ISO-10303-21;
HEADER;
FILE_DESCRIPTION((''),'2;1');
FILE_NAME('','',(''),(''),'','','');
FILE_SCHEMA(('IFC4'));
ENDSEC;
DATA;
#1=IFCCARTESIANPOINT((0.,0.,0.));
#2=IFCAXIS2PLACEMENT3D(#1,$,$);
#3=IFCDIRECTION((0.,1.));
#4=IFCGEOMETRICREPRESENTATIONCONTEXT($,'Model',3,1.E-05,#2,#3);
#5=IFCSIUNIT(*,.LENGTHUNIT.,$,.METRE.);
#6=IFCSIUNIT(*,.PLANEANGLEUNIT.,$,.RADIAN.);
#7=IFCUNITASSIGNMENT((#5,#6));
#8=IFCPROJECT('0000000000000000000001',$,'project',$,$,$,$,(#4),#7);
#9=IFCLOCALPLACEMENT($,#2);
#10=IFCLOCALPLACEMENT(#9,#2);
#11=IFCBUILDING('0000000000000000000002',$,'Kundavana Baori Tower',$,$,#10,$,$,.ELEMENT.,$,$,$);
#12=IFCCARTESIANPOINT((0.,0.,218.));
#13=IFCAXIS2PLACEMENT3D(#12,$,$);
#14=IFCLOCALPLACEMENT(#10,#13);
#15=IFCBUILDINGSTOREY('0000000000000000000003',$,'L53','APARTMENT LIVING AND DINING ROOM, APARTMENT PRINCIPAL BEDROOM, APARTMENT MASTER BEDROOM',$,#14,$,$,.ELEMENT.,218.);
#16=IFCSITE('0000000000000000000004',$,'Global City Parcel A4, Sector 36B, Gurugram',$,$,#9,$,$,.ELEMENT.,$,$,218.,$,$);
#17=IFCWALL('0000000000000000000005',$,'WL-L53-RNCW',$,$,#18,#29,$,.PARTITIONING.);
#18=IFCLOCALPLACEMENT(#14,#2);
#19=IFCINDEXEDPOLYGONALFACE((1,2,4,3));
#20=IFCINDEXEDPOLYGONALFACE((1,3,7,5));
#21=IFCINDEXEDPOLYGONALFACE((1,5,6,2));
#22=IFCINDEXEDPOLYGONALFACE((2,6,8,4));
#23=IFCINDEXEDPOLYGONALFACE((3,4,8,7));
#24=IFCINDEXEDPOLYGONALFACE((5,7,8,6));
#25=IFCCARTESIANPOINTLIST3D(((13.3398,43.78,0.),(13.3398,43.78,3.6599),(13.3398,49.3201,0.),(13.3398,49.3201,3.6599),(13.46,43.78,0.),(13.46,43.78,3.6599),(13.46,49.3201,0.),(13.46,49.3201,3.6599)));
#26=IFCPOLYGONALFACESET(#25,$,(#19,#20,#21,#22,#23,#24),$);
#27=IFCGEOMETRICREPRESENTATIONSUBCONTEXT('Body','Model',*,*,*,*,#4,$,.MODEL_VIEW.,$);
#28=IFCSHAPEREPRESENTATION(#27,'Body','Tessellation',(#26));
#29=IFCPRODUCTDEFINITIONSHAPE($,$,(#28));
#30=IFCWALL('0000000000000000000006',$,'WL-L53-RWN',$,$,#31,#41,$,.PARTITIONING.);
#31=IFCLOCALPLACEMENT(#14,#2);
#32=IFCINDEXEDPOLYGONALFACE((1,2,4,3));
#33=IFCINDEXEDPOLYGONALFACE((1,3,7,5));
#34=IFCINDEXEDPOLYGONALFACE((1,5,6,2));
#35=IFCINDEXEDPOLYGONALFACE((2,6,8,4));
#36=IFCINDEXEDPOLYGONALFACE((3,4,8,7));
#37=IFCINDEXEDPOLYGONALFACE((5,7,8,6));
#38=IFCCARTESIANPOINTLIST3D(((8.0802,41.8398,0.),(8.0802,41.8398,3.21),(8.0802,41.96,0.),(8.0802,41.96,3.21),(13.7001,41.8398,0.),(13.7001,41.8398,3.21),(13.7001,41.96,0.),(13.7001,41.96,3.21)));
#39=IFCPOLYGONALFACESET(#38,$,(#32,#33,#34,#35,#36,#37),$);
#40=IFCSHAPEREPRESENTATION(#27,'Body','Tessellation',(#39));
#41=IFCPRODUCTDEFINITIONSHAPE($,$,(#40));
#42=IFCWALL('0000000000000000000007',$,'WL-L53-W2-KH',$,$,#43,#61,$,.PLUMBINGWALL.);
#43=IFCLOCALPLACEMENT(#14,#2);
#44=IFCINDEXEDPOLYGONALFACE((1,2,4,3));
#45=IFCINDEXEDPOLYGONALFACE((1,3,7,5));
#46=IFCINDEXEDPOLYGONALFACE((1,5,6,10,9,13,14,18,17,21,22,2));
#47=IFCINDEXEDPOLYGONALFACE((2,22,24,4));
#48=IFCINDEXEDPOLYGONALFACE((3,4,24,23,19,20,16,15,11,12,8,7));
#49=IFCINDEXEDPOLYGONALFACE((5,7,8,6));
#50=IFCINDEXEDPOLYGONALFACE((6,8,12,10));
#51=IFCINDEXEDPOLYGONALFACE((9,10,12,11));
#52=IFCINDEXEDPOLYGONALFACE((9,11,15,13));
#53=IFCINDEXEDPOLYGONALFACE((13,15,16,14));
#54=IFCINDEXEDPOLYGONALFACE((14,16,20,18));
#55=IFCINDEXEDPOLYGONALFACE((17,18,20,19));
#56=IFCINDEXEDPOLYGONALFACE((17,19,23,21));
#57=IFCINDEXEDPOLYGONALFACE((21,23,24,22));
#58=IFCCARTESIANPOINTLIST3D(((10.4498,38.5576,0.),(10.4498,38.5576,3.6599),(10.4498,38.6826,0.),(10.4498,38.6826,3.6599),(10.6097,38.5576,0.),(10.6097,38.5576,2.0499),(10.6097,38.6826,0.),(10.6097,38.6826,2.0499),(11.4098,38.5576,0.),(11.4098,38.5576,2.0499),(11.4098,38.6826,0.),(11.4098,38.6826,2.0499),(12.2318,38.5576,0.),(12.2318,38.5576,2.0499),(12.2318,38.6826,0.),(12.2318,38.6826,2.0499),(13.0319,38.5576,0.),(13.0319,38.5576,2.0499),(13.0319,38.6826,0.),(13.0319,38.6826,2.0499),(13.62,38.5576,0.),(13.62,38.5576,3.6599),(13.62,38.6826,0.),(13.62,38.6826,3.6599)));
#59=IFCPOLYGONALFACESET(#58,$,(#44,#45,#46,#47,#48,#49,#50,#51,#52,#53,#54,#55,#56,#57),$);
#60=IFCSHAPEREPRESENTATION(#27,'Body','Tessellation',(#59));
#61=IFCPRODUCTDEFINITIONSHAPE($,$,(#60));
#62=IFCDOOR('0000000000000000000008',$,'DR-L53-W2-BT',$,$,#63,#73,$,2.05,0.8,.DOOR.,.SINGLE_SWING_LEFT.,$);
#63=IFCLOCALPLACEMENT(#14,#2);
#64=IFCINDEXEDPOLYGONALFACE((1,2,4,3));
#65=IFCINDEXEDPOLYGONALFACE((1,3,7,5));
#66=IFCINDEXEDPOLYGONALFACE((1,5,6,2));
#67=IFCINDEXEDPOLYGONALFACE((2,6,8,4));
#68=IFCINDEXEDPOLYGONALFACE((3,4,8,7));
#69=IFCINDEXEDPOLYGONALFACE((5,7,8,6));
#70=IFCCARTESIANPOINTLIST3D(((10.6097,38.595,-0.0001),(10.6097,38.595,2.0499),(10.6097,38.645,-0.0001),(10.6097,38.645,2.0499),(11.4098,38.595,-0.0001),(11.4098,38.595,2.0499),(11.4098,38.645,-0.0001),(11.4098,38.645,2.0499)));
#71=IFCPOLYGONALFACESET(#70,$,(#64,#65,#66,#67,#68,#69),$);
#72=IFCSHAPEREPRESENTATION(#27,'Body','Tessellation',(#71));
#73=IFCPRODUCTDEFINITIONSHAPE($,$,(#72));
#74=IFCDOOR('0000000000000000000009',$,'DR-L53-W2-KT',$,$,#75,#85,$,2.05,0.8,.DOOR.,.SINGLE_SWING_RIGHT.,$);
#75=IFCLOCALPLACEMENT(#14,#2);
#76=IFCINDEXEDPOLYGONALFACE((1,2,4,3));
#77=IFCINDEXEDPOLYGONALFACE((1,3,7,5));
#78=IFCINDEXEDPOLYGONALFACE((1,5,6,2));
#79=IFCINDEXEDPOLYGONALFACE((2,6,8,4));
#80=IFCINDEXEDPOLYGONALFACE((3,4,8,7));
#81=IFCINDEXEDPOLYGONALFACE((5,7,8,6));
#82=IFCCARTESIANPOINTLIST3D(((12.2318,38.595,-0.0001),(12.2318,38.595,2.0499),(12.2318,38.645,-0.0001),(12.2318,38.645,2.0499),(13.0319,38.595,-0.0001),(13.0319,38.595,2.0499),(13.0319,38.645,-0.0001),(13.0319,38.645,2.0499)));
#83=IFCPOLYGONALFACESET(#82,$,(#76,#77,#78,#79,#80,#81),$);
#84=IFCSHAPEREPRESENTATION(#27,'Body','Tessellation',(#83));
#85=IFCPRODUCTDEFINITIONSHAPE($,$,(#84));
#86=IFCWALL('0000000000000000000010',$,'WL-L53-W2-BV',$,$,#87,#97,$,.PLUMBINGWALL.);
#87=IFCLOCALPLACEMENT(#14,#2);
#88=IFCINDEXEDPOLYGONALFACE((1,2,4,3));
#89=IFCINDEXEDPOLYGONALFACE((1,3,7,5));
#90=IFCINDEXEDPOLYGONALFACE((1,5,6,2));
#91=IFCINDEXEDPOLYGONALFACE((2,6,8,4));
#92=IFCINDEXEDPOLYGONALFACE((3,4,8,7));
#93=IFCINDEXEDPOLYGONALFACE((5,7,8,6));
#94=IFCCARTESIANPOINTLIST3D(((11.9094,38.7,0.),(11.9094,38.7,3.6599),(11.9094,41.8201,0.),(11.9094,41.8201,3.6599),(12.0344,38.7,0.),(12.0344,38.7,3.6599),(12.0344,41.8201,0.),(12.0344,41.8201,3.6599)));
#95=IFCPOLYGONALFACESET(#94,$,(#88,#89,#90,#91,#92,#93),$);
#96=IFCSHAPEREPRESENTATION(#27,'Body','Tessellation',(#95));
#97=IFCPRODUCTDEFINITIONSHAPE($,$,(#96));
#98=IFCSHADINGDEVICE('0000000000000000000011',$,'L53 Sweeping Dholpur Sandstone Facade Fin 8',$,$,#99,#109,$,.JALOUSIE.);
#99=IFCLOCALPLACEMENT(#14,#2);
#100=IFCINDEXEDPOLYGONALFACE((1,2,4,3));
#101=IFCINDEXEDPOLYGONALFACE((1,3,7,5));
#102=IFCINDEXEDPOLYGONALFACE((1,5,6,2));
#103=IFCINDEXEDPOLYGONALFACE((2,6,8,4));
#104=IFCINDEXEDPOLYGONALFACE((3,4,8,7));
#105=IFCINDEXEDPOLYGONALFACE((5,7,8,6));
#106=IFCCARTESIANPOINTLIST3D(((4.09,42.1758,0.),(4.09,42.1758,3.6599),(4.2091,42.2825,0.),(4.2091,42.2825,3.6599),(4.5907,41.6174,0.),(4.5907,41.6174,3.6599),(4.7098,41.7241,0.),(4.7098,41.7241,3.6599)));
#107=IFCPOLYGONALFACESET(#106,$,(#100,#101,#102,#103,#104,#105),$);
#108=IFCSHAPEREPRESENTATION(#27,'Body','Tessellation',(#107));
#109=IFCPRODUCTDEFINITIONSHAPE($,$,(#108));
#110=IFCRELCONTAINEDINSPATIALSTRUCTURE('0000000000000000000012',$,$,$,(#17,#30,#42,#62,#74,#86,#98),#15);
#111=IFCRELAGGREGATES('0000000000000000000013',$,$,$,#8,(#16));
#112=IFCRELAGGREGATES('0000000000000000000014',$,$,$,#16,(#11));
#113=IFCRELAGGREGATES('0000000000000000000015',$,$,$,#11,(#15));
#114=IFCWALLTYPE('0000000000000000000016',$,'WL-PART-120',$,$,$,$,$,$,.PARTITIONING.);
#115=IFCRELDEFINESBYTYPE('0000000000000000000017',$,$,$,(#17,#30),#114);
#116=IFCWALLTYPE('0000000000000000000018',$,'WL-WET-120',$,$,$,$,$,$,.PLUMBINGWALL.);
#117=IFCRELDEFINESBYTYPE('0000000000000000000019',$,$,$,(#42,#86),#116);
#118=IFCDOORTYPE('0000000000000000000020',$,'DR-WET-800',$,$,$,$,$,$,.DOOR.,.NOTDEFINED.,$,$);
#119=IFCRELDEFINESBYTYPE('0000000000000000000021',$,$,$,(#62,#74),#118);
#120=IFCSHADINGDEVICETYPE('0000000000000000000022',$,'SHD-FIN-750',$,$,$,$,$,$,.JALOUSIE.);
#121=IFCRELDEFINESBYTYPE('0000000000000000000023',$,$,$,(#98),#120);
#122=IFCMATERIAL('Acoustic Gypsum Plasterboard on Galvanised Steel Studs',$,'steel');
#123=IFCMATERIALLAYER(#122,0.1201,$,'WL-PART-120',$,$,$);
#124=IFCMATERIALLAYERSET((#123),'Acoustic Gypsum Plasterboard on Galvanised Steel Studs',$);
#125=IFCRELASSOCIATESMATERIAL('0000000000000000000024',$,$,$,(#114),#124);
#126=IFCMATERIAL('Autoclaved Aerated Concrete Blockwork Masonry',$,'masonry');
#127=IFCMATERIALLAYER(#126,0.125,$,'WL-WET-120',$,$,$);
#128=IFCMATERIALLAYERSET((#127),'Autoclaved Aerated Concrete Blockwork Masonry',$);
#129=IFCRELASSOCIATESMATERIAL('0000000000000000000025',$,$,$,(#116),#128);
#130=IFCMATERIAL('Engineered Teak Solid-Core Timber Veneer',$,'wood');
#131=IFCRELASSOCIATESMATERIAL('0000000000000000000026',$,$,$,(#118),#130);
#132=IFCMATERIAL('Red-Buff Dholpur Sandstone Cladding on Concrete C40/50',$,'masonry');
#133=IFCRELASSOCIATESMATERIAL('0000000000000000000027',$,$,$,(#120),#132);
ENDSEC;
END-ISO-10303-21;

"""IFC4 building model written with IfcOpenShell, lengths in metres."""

from ifc_helpers import new_model, si_unit, direction, frame, frame_2d, origin, origin_2d, place, context, subcontext, project, spatial, rectangle, extrude, material, layer, layer_set, type_object, element, fill, save


model = new_model("IFC4")

# Units and contexts
model_context = context("Model", 3, precision=1e-05, world=origin(), true_north=direction((0.0, 1.0)))
body_context = subcontext(model_context, "Body", "Model", "MODEL_VIEW")
ifc_project = project(units=[si_unit("LENGTHUNIT", "METRE"), si_unit("PLANEANGLEUNIT", "RADIAN")], contexts=[model_context])

# Site, building, storey
site_placement = place(None, origin())
site = spatial("IfcSite", under=ifc_project, at=site_placement, Name="Global City Parcel A4, Sector 36B, Gurugram", CompositionType="ELEMENT", RefElevation=218.0)
building_placement = place(site_placement, origin())
building = spatial("IfcBuilding", under=site, at=building_placement, Name="Kundavana Baori Tower", CompositionType="ELEMENT")
storey_placement = place(building_placement, frame((0.0, 0.0, 218.0)))
storey = spatial("IfcBuildingStorey", under=building, at=storey_placement, Name="L53", Description="APARTMENT LIVING AND DINING ROOM, APARTMENT PRINCIPAL BEDROOM, APARTMENT MASTER BEDROOM", CompositionType="ELEMENT", Elevation=218.0)

# Shared definitions
ifc_material_1 = material(Name="Acoustic Gypsum Plasterboard on Galvanised Steel Studs", Category="steel")
ifc_layer_1 = layer(ifc_material_1, 0.1201, Name="WL-PART-120")
ifc_layer_set_1 = layer_set([ifc_layer_1], Name="Acoustic Gypsum Plasterboard on Galvanised Steel Studs")
wall_type_1 = type_object("IfcWallType", Name="WL-PART-120", PredefinedType="PARTITIONING", material=ifc_layer_set_1)

# Walls
wall_1_placement = place(storey_placement, frame((13.3999, 43.78, 0.0), z_axis=(0.0, 0.0, 1.0), x_axis=(0.0, 1.0, 0.0)))
element("IfcWall", 1, at=wall_1_placement, inside=storey, type_object=wall_type_1, Name="WL-L53-RNCW", PredefinedType="PARTITIONING", context=body_context, shape_type="SweptSolid", body=[
    extrude(rectangle(XDim=5.54, YDim=0.1201, at=frame_2d((2.77, 0.0))), origin(), (0.0, 0.0, 1.0), 3.6599),
])
wall_2_placement = place(storey_placement, frame((8.0801, 41.8999, 0.0), z_axis=(0.0, 0.0, 1.0), x_axis=(1.0, 0.0, 0.0)))
element("IfcWall", 2, at=wall_2_placement, inside=storey, type_object=wall_type_1, Name="WL-L53-RWN", PredefinedType="PARTITIONING", context=body_context, shape_type="SweptSolid", body=[
    extrude(rectangle(XDim=5.6199, YDim=0.1201, at=frame_2d((2.8101, 0.0))), origin(), (0.0, 0.0, 1.0), 3.21),
])

# Wall, openings, doors
ifc_material_2 = material(Name="Autoclaved Aerated Concrete Blockwork Masonry", Category="masonry")
ifc_layer_2 = layer(ifc_material_2, 0.125, Name="WL-WET-120")
ifc_layer_set_2 = layer_set([ifc_layer_2], Name="Autoclaved Aerated Concrete Blockwork Masonry")
wall_type_2 = type_object("IfcWallType", Name="WL-WET-120", PredefinedType="PLUMBINGWALL", material=ifc_layer_set_2)
wall_3_placement = place(storey_placement, frame((10.45, 38.6201, 0.0), z_axis=(0.0, 0.0, 1.0), x_axis=(1.0, 0.0, 0.0)))
wall_3 = element("IfcWall", 3, at=wall_3_placement, inside=storey, type_object=wall_type_2, Name="WL-L53-W2-KH", PredefinedType="PLUMBINGWALL", context=body_context, shape_type="SweptSolid", body=[
    extrude(rectangle(XDim=3.1702, YDim=0.125, at=frame_2d((1.585, 0.0))), origin(), (0.0, 0.0, 1.0), 3.6599),
])
opening_1_placement = place(wall_3_placement, frame((0.1599, 0.0, 0.0)))
opening_1 = element("IfcOpeningElement", 4, at=opening_1_placement, cuts=wall_3, PredefinedType="OPENING", context=body_context, shape_type="SweptSolid", body=[
    extrude(rectangle(XDim=0.8, YDim=2.05, at=frame_2d((0.3999, 1.0249))), frame((0.0, 0.0725, 0.0), z_axis=(0.0, -1.0, 0.0), x_axis=(1.0, 0.0, 0.0)), (0.0, 0.0, 1.0), 0.145),
])
opening_2_placement = place(wall_3_placement, frame((1.782, 0.0, 0.0)))
opening_2 = element("IfcOpeningElement", 5, at=opening_2_placement, cuts=wall_3, PredefinedType="OPENING", context=body_context, shape_type="SweptSolid", body=[
    extrude(rectangle(XDim=0.8, YDim=2.05, at=frame_2d((0.3999, 1.0249))), frame((0.0, 0.0725, 0.0), z_axis=(0.0, -1.0, 0.0), x_axis=(1.0, 0.0, 0.0)), (0.0, 0.0, 1.0), 0.145),
])
ifc_material_3 = material(Name="Engineered Teak Solid-Core Timber Veneer", Category="wood")
door_type_1 = type_object("IfcDoorType", Name="DR-WET-800", OperationType="NOTDEFINED", PredefinedType="DOOR", material=ifc_material_3)
door_1_placement = place(opening_1_placement, origin())
door_1 = element("IfcDoor", 6, at=door_1_placement, inside=storey, type_object=door_type_1, Name="DR-L53-W2-BT", OperationType="SINGLE_SWING_LEFT", OverallHeight=2.05, OverallWidth=0.8, PredefinedType="DOOR", context=body_context, shape_type="SweptSolid", body=[
    extrude(rectangle(XDim=0.8, YDim=2.05, at=frame_2d((0.3999, 1.0249))), frame((0.0, 0.0249, 0.0), z_axis=(0.0, -1.0, 0.0), x_axis=(1.0, 0.0, 0.0)), (0.0, 0.0, 1.0), 0.05),
])
fill(opening_1, door_1)
door_2_placement = place(opening_2_placement, origin())
door_2 = element("IfcDoor", 7, at=door_2_placement, inside=storey, type_object=door_type_1, Name="DR-L53-W2-KT", OperationType="SINGLE_SWING_RIGHT", OverallHeight=2.05, OverallWidth=0.8, PredefinedType="DOOR", context=body_context, shape_type="SweptSolid", body=[
    extrude(rectangle(XDim=0.8, YDim=2.05, at=frame_2d((0.3999, 1.0249))), frame((0.0, 0.0249, 0.0), z_axis=(0.0, -1.0, 0.0), x_axis=(1.0, 0.0, 0.0)), (0.0, 0.0, 1.0), 0.05),
])
fill(opening_2, door_2)

# Wall
wall_4_placement = place(storey_placement, frame((11.9719, 38.7, 0.0), z_axis=(0.0, 0.0, 1.0), x_axis=(0.0, 1.0, 0.0)))
element("IfcWall", 8, at=wall_4_placement, inside=storey, type_object=wall_type_2, Name="WL-L53-W2-BV", PredefinedType="PLUMBINGWALL", context=body_context, shape_type="SweptSolid", body=[
    extrude(rectangle(XDim=3.1201, YDim=0.125, at=frame_2d((1.5601, 0.0))), origin(), (0.0, 0.0, 1.0), 3.6599),
])

# Shading device
ifc_material_4 = material(Name="Red-Buff Dholpur Sandstone Cladding on Concrete C40/50", Category="masonry")
shading_device_type = type_object("IfcShadingDeviceType", Name="SHD-FIN-750", PredefinedType="JALOUSIE", material=ifc_material_4)
shading_device_placement = place(storey_placement, frame((4.3999, 41.95, 0.0), z_axis=(0.0, 0.0, 1.0), x_axis=(0.744545, 0.667573, 0.0)))
element("IfcShadingDevice", 9, at=shading_device_placement, inside=storey, type_object=shading_device_type, Name="L53 Sweeping Dholpur Sandstone Facade Fin 8", PredefinedType="JALOUSIE", context=body_context, shape_type="SweptSolid", body=[
    extrude(rectangle(XDim=0.1599, YDim=0.75, at=origin_2d()), origin(), (0.0, 0.0, 1.0), 3.6599),
])

save(model, "model.ifc")
